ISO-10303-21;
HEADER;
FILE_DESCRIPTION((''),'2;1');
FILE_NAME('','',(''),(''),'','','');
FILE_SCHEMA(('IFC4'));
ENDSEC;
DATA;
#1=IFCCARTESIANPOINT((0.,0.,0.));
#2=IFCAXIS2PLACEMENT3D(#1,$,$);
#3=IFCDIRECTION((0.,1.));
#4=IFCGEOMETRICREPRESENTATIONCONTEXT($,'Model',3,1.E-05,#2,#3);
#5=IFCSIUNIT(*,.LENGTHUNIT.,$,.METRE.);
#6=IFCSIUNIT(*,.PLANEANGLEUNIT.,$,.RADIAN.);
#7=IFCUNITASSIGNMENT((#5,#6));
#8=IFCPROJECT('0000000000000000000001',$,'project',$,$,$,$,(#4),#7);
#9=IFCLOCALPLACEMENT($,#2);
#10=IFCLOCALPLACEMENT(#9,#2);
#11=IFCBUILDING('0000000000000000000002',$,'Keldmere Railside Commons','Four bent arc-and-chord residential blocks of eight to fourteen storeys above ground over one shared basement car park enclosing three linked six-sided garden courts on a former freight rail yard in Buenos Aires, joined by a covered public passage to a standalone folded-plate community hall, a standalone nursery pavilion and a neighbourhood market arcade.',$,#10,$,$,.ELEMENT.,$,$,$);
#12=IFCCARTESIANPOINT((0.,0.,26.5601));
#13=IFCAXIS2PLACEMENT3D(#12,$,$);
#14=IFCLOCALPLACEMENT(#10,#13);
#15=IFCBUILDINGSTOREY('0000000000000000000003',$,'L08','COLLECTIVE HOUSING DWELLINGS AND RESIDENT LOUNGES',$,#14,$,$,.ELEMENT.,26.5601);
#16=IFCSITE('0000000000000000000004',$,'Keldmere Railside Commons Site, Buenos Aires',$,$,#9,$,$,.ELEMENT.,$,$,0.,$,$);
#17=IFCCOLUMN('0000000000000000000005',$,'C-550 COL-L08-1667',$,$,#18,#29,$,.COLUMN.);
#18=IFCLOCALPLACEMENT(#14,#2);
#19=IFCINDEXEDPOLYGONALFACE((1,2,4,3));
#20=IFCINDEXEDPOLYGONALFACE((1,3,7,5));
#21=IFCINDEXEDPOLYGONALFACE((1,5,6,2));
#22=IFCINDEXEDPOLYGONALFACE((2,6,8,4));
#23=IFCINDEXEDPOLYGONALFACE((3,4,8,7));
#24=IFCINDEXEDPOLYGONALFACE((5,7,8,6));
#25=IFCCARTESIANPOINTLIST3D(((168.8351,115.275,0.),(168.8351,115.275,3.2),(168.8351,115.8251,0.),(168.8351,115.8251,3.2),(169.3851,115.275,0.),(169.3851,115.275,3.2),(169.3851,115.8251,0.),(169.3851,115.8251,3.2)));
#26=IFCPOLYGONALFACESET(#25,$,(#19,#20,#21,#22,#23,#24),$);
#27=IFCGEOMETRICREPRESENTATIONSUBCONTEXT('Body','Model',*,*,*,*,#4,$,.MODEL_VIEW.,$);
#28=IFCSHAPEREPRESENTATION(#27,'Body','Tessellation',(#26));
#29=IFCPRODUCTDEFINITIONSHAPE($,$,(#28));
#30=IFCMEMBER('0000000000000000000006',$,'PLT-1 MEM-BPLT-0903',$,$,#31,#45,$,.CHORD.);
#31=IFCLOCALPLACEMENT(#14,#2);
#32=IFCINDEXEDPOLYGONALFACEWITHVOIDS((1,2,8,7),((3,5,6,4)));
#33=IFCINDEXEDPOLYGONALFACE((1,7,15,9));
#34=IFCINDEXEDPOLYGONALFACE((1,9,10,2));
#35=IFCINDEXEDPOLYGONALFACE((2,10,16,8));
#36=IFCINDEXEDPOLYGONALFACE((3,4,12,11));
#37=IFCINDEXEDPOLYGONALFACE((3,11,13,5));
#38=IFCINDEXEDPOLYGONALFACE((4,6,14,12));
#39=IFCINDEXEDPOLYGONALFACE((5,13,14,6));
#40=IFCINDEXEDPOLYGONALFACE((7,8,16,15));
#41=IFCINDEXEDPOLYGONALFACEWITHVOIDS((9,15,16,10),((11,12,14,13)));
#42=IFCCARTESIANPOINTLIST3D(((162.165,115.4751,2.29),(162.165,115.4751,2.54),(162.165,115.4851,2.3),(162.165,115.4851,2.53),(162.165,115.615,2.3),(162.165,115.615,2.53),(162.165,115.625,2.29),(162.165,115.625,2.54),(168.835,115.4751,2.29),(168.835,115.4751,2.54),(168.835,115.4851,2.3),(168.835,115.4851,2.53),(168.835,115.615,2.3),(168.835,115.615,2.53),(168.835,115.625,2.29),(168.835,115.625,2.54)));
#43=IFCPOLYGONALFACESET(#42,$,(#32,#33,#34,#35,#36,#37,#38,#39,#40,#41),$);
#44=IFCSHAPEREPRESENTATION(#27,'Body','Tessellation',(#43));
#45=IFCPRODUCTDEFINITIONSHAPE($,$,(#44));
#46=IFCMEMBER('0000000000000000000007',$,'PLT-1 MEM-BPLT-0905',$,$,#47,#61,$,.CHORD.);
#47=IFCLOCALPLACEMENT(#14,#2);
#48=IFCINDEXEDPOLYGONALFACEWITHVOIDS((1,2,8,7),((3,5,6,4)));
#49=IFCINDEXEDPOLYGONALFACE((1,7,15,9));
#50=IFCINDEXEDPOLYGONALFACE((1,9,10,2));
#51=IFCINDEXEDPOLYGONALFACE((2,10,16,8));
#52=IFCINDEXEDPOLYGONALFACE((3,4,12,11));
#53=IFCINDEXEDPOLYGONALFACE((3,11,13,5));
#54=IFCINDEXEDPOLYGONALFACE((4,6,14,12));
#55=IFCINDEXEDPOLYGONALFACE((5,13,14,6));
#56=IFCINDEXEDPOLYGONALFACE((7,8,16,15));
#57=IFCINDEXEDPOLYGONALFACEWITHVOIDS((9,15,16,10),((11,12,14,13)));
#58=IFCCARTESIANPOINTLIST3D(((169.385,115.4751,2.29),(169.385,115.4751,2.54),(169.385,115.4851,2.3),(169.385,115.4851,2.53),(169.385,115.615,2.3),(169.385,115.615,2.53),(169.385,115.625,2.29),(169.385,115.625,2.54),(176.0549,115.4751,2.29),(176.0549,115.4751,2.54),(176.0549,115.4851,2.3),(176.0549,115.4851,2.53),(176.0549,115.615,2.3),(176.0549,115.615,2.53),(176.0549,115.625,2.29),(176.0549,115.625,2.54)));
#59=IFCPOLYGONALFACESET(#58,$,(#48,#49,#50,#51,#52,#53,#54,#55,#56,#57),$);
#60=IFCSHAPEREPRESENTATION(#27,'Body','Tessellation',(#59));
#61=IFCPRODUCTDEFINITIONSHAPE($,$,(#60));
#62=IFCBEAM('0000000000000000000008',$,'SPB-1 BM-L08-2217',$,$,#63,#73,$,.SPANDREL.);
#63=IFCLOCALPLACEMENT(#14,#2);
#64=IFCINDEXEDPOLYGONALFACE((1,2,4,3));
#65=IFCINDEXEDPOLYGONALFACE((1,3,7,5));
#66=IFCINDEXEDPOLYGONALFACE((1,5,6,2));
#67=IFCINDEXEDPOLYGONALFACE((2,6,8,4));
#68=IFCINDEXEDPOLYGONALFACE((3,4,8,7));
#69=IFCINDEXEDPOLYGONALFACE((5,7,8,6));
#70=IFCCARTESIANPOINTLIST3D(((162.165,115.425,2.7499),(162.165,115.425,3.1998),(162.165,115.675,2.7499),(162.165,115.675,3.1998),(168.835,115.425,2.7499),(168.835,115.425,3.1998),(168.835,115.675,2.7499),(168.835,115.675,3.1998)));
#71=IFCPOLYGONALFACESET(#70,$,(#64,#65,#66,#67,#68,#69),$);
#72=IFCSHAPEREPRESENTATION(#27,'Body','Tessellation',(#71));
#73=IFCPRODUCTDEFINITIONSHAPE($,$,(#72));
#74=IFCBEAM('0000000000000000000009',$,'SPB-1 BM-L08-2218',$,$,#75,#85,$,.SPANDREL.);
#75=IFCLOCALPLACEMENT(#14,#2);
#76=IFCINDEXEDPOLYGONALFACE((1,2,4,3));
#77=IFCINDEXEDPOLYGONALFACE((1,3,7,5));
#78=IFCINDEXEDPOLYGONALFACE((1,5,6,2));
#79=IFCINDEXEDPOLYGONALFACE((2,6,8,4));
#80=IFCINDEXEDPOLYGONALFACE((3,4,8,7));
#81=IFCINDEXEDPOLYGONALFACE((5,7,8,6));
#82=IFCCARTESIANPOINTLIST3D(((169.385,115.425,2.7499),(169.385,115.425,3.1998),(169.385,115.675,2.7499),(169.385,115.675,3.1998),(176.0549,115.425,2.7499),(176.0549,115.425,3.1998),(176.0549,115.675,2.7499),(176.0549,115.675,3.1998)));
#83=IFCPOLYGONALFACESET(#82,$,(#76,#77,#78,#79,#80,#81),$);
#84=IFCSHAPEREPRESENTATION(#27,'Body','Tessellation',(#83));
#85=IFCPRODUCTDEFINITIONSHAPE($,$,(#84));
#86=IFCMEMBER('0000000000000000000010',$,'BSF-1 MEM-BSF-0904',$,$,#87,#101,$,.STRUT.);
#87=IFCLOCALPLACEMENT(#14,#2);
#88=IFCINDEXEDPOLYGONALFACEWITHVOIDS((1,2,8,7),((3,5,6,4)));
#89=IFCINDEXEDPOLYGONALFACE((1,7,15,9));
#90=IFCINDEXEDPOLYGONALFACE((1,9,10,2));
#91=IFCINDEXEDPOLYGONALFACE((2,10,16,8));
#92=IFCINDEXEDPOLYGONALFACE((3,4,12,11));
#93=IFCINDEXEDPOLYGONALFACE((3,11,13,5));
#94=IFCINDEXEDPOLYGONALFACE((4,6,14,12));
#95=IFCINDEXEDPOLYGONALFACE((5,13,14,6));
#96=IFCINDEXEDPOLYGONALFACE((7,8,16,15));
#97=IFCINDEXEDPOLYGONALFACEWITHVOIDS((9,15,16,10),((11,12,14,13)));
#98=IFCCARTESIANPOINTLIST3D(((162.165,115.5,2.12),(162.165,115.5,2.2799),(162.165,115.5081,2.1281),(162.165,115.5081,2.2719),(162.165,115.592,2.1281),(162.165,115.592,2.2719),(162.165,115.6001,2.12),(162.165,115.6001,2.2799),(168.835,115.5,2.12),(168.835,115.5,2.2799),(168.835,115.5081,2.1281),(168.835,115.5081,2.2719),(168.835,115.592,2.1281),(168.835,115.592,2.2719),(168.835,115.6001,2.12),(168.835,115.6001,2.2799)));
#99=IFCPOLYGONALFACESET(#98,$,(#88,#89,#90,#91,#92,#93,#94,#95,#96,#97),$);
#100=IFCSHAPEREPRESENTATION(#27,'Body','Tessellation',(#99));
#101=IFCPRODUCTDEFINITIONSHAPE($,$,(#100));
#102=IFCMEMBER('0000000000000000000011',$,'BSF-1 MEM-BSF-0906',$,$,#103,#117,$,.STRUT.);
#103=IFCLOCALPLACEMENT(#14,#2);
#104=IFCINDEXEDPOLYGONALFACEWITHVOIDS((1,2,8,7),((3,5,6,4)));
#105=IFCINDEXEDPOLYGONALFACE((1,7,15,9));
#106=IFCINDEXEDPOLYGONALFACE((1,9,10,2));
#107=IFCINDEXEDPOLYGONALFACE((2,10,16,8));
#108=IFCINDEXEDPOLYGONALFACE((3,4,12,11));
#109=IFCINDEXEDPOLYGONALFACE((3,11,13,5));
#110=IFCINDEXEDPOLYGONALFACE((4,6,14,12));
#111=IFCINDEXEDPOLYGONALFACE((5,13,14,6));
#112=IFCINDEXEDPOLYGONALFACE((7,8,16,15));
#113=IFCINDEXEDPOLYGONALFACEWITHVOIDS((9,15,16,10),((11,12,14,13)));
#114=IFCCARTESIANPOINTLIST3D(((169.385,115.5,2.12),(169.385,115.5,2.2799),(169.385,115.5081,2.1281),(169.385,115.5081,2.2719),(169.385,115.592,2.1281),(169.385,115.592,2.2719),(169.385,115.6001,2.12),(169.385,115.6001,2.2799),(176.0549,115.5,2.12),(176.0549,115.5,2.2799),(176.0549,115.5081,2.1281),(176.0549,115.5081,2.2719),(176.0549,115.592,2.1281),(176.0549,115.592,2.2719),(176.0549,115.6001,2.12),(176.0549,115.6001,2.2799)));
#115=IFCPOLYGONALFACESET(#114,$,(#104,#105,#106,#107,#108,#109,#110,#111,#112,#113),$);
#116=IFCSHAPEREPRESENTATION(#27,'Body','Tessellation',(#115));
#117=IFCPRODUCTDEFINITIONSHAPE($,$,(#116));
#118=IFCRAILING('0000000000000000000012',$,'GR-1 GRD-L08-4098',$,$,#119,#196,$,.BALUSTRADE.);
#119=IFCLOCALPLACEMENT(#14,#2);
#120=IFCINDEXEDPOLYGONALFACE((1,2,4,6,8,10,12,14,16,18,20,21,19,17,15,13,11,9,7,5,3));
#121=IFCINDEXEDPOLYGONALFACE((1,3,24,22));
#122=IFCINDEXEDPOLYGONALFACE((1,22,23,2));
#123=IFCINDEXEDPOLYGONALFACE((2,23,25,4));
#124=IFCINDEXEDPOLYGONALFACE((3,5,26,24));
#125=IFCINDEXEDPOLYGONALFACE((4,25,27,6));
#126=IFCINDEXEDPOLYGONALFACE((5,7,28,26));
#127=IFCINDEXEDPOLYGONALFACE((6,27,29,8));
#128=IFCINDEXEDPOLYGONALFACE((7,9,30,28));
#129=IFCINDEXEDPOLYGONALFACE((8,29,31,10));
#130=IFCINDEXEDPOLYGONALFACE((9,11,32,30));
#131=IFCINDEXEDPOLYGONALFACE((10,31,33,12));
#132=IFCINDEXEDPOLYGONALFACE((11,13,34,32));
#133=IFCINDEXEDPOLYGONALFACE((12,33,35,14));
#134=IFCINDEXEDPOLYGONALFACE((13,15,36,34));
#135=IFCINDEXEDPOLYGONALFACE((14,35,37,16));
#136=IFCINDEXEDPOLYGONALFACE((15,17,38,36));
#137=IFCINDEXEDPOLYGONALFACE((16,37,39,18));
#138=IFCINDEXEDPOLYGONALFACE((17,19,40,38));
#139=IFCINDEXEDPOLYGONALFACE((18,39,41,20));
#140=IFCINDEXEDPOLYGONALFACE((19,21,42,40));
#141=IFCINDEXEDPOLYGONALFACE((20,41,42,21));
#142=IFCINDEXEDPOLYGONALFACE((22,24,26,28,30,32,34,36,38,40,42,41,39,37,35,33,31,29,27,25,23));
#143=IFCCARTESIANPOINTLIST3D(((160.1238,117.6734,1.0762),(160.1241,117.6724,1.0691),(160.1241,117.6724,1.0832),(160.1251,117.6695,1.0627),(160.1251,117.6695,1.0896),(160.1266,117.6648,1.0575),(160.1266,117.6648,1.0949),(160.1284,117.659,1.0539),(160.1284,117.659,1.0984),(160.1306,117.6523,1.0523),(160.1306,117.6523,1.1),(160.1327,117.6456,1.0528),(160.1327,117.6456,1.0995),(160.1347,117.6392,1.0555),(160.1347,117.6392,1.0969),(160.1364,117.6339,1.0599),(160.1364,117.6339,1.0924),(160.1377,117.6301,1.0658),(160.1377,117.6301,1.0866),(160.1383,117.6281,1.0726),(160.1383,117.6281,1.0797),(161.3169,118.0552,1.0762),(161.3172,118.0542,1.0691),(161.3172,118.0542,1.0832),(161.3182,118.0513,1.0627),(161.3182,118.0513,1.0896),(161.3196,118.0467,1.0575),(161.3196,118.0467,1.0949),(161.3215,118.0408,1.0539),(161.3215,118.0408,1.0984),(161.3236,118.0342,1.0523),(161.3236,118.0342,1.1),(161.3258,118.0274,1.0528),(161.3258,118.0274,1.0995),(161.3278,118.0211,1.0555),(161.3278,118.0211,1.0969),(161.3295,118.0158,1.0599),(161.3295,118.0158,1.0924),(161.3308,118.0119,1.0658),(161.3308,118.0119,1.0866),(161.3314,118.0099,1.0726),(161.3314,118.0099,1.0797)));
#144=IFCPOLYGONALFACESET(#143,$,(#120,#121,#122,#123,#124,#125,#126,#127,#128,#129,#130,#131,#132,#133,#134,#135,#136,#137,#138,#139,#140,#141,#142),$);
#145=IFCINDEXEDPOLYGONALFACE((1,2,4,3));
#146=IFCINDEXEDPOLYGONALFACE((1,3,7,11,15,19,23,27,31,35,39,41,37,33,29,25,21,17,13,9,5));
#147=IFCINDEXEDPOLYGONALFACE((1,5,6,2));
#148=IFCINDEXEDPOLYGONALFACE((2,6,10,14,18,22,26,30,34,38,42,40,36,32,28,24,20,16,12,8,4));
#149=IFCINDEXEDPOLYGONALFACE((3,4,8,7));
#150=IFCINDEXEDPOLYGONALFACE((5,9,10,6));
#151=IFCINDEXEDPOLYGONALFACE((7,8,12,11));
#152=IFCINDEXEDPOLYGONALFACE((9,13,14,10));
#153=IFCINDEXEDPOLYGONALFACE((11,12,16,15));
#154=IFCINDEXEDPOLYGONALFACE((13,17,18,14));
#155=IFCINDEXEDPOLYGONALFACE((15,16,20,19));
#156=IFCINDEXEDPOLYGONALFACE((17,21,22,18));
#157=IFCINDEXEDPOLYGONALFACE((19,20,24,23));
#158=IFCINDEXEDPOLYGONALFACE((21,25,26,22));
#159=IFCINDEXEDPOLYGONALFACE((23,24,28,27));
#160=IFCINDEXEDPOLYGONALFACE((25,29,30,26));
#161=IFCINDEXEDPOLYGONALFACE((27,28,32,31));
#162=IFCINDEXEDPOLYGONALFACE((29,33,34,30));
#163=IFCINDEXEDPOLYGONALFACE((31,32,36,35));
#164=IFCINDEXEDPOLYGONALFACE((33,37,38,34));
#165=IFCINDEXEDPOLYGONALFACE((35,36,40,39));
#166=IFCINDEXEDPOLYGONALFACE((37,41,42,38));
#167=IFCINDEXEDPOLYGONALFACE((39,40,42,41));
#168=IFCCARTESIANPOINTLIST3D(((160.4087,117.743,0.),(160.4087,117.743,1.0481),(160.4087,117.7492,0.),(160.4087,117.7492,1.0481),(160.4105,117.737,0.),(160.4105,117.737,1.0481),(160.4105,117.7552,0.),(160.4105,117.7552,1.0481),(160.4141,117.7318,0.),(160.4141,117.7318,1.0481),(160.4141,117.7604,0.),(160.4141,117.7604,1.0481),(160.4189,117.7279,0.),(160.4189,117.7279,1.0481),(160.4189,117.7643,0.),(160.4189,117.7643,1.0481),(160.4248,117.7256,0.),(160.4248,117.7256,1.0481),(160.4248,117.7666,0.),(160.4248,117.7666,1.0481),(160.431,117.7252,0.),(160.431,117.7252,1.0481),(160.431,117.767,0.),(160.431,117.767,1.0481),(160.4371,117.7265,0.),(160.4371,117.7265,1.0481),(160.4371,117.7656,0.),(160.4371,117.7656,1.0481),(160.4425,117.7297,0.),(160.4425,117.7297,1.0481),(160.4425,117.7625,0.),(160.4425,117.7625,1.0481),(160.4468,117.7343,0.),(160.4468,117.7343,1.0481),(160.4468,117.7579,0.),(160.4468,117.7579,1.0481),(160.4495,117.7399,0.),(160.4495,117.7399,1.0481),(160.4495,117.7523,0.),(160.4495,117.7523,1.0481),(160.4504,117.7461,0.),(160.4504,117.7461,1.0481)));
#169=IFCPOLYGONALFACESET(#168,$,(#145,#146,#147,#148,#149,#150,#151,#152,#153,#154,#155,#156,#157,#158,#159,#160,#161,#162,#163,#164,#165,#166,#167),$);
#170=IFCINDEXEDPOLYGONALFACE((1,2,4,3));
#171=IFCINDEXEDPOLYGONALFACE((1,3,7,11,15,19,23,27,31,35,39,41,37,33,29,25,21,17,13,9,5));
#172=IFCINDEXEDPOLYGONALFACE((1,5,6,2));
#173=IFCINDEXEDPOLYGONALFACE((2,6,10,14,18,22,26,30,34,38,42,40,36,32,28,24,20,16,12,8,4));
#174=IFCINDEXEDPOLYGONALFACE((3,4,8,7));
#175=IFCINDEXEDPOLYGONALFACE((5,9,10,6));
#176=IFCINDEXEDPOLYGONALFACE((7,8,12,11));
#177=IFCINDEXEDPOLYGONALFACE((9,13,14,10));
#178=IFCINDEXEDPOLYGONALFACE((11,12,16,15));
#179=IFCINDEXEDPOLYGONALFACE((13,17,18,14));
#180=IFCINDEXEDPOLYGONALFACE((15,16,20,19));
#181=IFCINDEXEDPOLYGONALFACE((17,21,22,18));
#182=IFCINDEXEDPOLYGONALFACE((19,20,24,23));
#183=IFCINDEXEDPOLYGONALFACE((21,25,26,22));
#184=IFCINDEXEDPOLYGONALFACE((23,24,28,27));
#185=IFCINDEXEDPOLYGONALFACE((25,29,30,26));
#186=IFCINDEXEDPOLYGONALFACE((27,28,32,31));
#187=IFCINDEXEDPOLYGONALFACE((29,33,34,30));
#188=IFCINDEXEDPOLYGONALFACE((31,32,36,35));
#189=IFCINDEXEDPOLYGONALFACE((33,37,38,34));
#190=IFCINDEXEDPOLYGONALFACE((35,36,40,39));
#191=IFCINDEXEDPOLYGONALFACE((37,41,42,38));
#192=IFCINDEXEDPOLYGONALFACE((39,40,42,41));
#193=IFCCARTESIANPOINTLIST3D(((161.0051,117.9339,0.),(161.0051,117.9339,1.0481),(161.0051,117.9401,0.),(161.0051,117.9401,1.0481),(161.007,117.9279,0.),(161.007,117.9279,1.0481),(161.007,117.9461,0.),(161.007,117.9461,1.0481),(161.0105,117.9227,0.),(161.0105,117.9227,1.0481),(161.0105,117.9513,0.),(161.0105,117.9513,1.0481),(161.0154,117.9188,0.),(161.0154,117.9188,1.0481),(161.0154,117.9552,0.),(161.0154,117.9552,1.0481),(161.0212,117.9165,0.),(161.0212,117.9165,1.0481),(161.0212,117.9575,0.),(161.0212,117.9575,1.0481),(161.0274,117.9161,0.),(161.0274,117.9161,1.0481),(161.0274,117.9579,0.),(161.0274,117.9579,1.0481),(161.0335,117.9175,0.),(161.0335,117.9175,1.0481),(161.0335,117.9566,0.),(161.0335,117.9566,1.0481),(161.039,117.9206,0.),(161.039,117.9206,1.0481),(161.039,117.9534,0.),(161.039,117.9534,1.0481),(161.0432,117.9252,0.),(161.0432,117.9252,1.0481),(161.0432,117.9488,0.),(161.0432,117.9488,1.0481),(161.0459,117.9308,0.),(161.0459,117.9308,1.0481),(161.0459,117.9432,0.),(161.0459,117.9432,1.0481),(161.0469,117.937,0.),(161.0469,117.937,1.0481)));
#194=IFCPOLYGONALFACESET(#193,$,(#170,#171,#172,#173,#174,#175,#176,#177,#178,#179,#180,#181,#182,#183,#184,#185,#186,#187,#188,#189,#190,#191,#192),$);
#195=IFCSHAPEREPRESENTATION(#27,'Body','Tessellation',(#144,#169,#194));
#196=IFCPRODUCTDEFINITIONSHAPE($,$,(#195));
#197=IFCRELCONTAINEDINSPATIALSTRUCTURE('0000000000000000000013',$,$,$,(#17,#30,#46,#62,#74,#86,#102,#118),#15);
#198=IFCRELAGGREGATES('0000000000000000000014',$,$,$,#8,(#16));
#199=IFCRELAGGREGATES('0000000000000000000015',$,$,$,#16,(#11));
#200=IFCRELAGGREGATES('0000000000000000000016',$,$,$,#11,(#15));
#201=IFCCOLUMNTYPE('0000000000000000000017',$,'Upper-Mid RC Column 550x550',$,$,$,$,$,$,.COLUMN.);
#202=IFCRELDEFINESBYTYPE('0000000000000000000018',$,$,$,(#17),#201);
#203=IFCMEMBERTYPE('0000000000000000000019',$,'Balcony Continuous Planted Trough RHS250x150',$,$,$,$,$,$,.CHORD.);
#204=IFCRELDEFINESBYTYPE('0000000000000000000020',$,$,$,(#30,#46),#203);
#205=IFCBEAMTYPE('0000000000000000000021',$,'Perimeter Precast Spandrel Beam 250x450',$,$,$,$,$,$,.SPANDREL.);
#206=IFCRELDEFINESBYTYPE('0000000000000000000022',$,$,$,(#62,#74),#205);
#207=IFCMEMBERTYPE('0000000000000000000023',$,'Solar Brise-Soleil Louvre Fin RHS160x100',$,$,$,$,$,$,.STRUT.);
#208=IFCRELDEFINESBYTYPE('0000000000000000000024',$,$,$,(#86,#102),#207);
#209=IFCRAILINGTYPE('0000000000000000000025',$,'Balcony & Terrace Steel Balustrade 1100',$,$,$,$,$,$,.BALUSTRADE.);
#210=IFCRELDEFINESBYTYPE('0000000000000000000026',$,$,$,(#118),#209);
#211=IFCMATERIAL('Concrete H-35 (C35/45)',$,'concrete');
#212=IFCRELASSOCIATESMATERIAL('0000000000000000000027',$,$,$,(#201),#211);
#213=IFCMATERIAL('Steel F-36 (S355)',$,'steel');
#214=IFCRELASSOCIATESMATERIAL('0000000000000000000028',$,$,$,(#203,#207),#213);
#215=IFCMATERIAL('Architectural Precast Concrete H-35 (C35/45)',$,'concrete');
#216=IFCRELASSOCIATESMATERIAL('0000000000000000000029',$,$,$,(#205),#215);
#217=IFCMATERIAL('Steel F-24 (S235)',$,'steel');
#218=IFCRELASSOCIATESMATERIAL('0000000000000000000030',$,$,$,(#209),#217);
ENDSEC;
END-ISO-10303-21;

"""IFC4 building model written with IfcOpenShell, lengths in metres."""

from ifc_helpers import new_model, si_unit, direction, frame, origin, origin_2d, place, context, subcontext, project, spatial, rectangle, hollow_rectangle, circle, extrude, material, material_profile, profile_set, type_object, element, save


model = new_model("IFC4")

# Units and contexts
model_context = context("Model", 3, precision=1e-05, world=origin(), true_north=direction((0.0, 1.0)))
body_context = subcontext(model_context, "Body", "Model", "MODEL_VIEW")
ifc_project = project(units=[si_unit("LENGTHUNIT", "METRE"), si_unit("PLANEANGLEUNIT", "RADIAN")], contexts=[model_context])

# Site, building, storey
site_placement = place(None, origin())
site = spatial("IfcSite", under=ifc_project, at=site_placement, Name="Keldmere Railside Commons Site, Buenos Aires", CompositionType="ELEMENT", RefElevation=0.0)
building_placement = place(site_placement, origin())
building = spatial("IfcBuilding", under=site, at=building_placement, Name="Keldmere Railside Commons", Description="Four bent arc-and-chord residential blocks of eight to fourteen storeys above ground over one shared basement car park enclosing three linked six-sided garden courts on a former freight rail yard in Buenos Aires, joined by a covered public passage to a standalone folded-plate community hall, a standalone nursery pavilion and a neighbourhood market arcade.", CompositionType="ELEMENT")
storey_placement = place(building_placement, frame((0.0, 0.0, 26.5601)))
storey = spatial("IfcBuildingStorey", under=building, at=storey_placement, Name="L08", Description="COLLECTIVE HOUSING DWELLINGS AND RESIDENT LOUNGES", CompositionType="ELEMENT", Elevation=26.5601)

# Column
ifc_material_1 = material(Name="Concrete H-35 (C35/45)", Category="concrete")
ifc_material_profile_1 = material_profile(ifc_material_1, rectangle(XDim=0.55, YDim=0.55, at=origin_2d()), Name="RC-550x550")
ifc_profile_set_1 = profile_set([ifc_material_profile_1], Name="Concrete H-35 (C35/45)")
column_type = type_object("IfcColumnType", Name="Upper-Mid RC Column 550x550", PredefinedType="COLUMN", material=ifc_profile_set_1)
column_placement = place(storey_placement, frame((169.1101, 115.55, 0.0), z_axis=(0.0, 0.0, 1.0), x_axis=(1.0, 0.0, 0.0)))
element("IfcColumn", 1, at=column_placement, inside=storey, type_object=column_type, Name="C-550 COL-L08-1667", PredefinedType="COLUMN", context=body_context, shape_type="SweptSolid", body=[
    extrude(rectangle(XDim=0.55, YDim=0.55, at=origin_2d()), origin(), (0.0, 0.0, 1.0), 3.2),
])

# Members
ifc_material_2 = material(Name="Steel F-36 (S355)", Category="steel")
ifc_material_profile_2 = material_profile(ifc_material_2, hollow_rectangle(XDim=0.1499, YDim=0.25, WallThickness=0.01, at=origin_2d()), Name="RHS-250x150x10")
ifc_profile_set_2 = profile_set([ifc_material_profile_2], Name="Steel F-36 (S355)")
member_type_1 = type_object("IfcMemberType", Name="Balcony Continuous Planted Trough RHS250x150", PredefinedType="CHORD", material=ifc_profile_set_2)
for number, where, z_axis, x_axis, name in (
    (2, (162.165, 115.55, 2.415), (1.0, 0.0, 0.0), (0.0, 1.0, 0.0), "PLT-1 MEM-BPLT-0903"),
    (3, (169.385, 115.55, 2.415), (1.0, 0.0, 0.0), (0.0, 1.0, 0.0), "PLT-1 MEM-BPLT-0905"),
):
    element("IfcMember", number, at=place(storey_placement, frame(where, z_axis=z_axis, x_axis=x_axis)), inside=storey, type_object=member_type_1, Name=name, PredefinedType="CHORD", context=body_context, shape_type="SweptSolid", body=[
        extrude(hollow_rectangle(XDim=0.1499, YDim=0.25, WallThickness=0.01, at=origin_2d()), origin(), (0.0, 0.0, 1.0), 6.6699),
    ])

# Beams
ifc_material_3 = material(Name="Architectural Precast Concrete H-35 (C35/45)", Category="concrete")
ifc_material_profile_3 = material_profile(ifc_material_3, rectangle(XDim=0.25, YDim=0.45, at=origin_2d()), Name="RC-250x450")
ifc_profile_set_3 = profile_set([ifc_material_profile_3], Name="Architectural Precast Concrete H-35 (C35/45)")
beam_type = type_object("IfcBeamType", Name="Perimeter Precast Spandrel Beam 250x450", PredefinedType="SPANDREL", material=ifc_profile_set_3)
for number, where, z_axis, x_axis, name in (
    (4, (162.165, 115.55, 2.9749), (1.0, 0.0, 0.0), (0.0, 1.0, 0.0), "SPB-1 BM-L08-2217"),
    (5, (169.385, 115.55, 2.9749), (1.0, 0.0, 0.0), (0.0, 1.0, 0.0), "SPB-1 BM-L08-2218"),
):
    element("IfcBeam", number, at=place(storey_placement, frame(where, z_axis=z_axis, x_axis=x_axis)), inside=storey, type_object=beam_type, Name=name, PredefinedType="SPANDREL", context=body_context, shape_type="SweptSolid", body=[
        extrude(rectangle(XDim=0.25, YDim=0.45, at=origin_2d()), origin(), (0.0, 0.0, 1.0), 6.6699),
    ])

# Members
ifc_material_profile_4 = material_profile(ifc_material_2, hollow_rectangle(XDim=0.1001, YDim=0.1599, WallThickness=0.0081, at=origin_2d()), Name="RHS-160x100x8")
ifc_profile_set_4 = profile_set([ifc_material_profile_4], Name="Steel F-36 (S355)")
member_type_2 = type_object("IfcMemberType", Name="Solar Brise-Soleil Louvre Fin RHS160x100", PredefinedType="STRUT", material=ifc_profile_set_4)
for number, where, z_axis, x_axis, name in (
    (6, (162.165, 115.55, 2.2), (1.0, 0.0, 0.0), (0.0, 1.0, 0.0), "BSF-1 MEM-BSF-0904"),
    (7, (169.385, 115.55, 2.2), (1.0, 0.0, 0.0), (0.0, 1.0, 0.0), "BSF-1 MEM-BSF-0906"),
):
    element("IfcMember", number, at=place(storey_placement, frame(where, z_axis=z_axis, x_axis=x_axis)), inside=storey, type_object=member_type_2, Name=name, PredefinedType="STRUT", context=body_context, shape_type="SweptSolid", body=[
        extrude(hollow_rectangle(XDim=0.1001, YDim=0.1599, WallThickness=0.0081, at=origin_2d()), origin(), (0.0, 0.0, 1.0), 6.6699),
    ])

# Railing
ifc_material_4 = material(Name="Steel F-24 (S235)", Category="steel")
railing_type = type_object("IfcRailingType", Name="Balcony & Terrace Steel Balustrade 1100", PredefinedType="BALUSTRADE", material=ifc_material_4)
railing_1_placement = place(storey_placement, frame((160.1311, 117.6506, 0.0)))
element("IfcRailing", 8, at=railing_1_placement, inside=storey, type_object=railing_type, Name="GR-1 GRD-L08-4098", PredefinedType="BALUSTRADE", context=body_context, shape_type="SweptSolid", body=[
    extrude(circle(Radius=0.0239, at=origin_2d()), frame((0.0, 0.0, 1.0762), z_axis=(0.952415, 0.304804, 0.0), x_axis=(-0.304804, 0.952415, 0.0)), (0.0, 0.0, 1.0), 1.2527),
    extrude(circle(Radius=0.021, at=origin_2d()), frame((0.2983, 0.0955, 0.0)), (0.0, 0.0, 1.0), 1.0481),
    extrude(circle(Radius=0.021, at=origin_2d()), frame((0.8948, 0.2864, 0.0)), (0.0, 0.0, 1.0), 1.0481),
])

save(model, "model.ifc")
